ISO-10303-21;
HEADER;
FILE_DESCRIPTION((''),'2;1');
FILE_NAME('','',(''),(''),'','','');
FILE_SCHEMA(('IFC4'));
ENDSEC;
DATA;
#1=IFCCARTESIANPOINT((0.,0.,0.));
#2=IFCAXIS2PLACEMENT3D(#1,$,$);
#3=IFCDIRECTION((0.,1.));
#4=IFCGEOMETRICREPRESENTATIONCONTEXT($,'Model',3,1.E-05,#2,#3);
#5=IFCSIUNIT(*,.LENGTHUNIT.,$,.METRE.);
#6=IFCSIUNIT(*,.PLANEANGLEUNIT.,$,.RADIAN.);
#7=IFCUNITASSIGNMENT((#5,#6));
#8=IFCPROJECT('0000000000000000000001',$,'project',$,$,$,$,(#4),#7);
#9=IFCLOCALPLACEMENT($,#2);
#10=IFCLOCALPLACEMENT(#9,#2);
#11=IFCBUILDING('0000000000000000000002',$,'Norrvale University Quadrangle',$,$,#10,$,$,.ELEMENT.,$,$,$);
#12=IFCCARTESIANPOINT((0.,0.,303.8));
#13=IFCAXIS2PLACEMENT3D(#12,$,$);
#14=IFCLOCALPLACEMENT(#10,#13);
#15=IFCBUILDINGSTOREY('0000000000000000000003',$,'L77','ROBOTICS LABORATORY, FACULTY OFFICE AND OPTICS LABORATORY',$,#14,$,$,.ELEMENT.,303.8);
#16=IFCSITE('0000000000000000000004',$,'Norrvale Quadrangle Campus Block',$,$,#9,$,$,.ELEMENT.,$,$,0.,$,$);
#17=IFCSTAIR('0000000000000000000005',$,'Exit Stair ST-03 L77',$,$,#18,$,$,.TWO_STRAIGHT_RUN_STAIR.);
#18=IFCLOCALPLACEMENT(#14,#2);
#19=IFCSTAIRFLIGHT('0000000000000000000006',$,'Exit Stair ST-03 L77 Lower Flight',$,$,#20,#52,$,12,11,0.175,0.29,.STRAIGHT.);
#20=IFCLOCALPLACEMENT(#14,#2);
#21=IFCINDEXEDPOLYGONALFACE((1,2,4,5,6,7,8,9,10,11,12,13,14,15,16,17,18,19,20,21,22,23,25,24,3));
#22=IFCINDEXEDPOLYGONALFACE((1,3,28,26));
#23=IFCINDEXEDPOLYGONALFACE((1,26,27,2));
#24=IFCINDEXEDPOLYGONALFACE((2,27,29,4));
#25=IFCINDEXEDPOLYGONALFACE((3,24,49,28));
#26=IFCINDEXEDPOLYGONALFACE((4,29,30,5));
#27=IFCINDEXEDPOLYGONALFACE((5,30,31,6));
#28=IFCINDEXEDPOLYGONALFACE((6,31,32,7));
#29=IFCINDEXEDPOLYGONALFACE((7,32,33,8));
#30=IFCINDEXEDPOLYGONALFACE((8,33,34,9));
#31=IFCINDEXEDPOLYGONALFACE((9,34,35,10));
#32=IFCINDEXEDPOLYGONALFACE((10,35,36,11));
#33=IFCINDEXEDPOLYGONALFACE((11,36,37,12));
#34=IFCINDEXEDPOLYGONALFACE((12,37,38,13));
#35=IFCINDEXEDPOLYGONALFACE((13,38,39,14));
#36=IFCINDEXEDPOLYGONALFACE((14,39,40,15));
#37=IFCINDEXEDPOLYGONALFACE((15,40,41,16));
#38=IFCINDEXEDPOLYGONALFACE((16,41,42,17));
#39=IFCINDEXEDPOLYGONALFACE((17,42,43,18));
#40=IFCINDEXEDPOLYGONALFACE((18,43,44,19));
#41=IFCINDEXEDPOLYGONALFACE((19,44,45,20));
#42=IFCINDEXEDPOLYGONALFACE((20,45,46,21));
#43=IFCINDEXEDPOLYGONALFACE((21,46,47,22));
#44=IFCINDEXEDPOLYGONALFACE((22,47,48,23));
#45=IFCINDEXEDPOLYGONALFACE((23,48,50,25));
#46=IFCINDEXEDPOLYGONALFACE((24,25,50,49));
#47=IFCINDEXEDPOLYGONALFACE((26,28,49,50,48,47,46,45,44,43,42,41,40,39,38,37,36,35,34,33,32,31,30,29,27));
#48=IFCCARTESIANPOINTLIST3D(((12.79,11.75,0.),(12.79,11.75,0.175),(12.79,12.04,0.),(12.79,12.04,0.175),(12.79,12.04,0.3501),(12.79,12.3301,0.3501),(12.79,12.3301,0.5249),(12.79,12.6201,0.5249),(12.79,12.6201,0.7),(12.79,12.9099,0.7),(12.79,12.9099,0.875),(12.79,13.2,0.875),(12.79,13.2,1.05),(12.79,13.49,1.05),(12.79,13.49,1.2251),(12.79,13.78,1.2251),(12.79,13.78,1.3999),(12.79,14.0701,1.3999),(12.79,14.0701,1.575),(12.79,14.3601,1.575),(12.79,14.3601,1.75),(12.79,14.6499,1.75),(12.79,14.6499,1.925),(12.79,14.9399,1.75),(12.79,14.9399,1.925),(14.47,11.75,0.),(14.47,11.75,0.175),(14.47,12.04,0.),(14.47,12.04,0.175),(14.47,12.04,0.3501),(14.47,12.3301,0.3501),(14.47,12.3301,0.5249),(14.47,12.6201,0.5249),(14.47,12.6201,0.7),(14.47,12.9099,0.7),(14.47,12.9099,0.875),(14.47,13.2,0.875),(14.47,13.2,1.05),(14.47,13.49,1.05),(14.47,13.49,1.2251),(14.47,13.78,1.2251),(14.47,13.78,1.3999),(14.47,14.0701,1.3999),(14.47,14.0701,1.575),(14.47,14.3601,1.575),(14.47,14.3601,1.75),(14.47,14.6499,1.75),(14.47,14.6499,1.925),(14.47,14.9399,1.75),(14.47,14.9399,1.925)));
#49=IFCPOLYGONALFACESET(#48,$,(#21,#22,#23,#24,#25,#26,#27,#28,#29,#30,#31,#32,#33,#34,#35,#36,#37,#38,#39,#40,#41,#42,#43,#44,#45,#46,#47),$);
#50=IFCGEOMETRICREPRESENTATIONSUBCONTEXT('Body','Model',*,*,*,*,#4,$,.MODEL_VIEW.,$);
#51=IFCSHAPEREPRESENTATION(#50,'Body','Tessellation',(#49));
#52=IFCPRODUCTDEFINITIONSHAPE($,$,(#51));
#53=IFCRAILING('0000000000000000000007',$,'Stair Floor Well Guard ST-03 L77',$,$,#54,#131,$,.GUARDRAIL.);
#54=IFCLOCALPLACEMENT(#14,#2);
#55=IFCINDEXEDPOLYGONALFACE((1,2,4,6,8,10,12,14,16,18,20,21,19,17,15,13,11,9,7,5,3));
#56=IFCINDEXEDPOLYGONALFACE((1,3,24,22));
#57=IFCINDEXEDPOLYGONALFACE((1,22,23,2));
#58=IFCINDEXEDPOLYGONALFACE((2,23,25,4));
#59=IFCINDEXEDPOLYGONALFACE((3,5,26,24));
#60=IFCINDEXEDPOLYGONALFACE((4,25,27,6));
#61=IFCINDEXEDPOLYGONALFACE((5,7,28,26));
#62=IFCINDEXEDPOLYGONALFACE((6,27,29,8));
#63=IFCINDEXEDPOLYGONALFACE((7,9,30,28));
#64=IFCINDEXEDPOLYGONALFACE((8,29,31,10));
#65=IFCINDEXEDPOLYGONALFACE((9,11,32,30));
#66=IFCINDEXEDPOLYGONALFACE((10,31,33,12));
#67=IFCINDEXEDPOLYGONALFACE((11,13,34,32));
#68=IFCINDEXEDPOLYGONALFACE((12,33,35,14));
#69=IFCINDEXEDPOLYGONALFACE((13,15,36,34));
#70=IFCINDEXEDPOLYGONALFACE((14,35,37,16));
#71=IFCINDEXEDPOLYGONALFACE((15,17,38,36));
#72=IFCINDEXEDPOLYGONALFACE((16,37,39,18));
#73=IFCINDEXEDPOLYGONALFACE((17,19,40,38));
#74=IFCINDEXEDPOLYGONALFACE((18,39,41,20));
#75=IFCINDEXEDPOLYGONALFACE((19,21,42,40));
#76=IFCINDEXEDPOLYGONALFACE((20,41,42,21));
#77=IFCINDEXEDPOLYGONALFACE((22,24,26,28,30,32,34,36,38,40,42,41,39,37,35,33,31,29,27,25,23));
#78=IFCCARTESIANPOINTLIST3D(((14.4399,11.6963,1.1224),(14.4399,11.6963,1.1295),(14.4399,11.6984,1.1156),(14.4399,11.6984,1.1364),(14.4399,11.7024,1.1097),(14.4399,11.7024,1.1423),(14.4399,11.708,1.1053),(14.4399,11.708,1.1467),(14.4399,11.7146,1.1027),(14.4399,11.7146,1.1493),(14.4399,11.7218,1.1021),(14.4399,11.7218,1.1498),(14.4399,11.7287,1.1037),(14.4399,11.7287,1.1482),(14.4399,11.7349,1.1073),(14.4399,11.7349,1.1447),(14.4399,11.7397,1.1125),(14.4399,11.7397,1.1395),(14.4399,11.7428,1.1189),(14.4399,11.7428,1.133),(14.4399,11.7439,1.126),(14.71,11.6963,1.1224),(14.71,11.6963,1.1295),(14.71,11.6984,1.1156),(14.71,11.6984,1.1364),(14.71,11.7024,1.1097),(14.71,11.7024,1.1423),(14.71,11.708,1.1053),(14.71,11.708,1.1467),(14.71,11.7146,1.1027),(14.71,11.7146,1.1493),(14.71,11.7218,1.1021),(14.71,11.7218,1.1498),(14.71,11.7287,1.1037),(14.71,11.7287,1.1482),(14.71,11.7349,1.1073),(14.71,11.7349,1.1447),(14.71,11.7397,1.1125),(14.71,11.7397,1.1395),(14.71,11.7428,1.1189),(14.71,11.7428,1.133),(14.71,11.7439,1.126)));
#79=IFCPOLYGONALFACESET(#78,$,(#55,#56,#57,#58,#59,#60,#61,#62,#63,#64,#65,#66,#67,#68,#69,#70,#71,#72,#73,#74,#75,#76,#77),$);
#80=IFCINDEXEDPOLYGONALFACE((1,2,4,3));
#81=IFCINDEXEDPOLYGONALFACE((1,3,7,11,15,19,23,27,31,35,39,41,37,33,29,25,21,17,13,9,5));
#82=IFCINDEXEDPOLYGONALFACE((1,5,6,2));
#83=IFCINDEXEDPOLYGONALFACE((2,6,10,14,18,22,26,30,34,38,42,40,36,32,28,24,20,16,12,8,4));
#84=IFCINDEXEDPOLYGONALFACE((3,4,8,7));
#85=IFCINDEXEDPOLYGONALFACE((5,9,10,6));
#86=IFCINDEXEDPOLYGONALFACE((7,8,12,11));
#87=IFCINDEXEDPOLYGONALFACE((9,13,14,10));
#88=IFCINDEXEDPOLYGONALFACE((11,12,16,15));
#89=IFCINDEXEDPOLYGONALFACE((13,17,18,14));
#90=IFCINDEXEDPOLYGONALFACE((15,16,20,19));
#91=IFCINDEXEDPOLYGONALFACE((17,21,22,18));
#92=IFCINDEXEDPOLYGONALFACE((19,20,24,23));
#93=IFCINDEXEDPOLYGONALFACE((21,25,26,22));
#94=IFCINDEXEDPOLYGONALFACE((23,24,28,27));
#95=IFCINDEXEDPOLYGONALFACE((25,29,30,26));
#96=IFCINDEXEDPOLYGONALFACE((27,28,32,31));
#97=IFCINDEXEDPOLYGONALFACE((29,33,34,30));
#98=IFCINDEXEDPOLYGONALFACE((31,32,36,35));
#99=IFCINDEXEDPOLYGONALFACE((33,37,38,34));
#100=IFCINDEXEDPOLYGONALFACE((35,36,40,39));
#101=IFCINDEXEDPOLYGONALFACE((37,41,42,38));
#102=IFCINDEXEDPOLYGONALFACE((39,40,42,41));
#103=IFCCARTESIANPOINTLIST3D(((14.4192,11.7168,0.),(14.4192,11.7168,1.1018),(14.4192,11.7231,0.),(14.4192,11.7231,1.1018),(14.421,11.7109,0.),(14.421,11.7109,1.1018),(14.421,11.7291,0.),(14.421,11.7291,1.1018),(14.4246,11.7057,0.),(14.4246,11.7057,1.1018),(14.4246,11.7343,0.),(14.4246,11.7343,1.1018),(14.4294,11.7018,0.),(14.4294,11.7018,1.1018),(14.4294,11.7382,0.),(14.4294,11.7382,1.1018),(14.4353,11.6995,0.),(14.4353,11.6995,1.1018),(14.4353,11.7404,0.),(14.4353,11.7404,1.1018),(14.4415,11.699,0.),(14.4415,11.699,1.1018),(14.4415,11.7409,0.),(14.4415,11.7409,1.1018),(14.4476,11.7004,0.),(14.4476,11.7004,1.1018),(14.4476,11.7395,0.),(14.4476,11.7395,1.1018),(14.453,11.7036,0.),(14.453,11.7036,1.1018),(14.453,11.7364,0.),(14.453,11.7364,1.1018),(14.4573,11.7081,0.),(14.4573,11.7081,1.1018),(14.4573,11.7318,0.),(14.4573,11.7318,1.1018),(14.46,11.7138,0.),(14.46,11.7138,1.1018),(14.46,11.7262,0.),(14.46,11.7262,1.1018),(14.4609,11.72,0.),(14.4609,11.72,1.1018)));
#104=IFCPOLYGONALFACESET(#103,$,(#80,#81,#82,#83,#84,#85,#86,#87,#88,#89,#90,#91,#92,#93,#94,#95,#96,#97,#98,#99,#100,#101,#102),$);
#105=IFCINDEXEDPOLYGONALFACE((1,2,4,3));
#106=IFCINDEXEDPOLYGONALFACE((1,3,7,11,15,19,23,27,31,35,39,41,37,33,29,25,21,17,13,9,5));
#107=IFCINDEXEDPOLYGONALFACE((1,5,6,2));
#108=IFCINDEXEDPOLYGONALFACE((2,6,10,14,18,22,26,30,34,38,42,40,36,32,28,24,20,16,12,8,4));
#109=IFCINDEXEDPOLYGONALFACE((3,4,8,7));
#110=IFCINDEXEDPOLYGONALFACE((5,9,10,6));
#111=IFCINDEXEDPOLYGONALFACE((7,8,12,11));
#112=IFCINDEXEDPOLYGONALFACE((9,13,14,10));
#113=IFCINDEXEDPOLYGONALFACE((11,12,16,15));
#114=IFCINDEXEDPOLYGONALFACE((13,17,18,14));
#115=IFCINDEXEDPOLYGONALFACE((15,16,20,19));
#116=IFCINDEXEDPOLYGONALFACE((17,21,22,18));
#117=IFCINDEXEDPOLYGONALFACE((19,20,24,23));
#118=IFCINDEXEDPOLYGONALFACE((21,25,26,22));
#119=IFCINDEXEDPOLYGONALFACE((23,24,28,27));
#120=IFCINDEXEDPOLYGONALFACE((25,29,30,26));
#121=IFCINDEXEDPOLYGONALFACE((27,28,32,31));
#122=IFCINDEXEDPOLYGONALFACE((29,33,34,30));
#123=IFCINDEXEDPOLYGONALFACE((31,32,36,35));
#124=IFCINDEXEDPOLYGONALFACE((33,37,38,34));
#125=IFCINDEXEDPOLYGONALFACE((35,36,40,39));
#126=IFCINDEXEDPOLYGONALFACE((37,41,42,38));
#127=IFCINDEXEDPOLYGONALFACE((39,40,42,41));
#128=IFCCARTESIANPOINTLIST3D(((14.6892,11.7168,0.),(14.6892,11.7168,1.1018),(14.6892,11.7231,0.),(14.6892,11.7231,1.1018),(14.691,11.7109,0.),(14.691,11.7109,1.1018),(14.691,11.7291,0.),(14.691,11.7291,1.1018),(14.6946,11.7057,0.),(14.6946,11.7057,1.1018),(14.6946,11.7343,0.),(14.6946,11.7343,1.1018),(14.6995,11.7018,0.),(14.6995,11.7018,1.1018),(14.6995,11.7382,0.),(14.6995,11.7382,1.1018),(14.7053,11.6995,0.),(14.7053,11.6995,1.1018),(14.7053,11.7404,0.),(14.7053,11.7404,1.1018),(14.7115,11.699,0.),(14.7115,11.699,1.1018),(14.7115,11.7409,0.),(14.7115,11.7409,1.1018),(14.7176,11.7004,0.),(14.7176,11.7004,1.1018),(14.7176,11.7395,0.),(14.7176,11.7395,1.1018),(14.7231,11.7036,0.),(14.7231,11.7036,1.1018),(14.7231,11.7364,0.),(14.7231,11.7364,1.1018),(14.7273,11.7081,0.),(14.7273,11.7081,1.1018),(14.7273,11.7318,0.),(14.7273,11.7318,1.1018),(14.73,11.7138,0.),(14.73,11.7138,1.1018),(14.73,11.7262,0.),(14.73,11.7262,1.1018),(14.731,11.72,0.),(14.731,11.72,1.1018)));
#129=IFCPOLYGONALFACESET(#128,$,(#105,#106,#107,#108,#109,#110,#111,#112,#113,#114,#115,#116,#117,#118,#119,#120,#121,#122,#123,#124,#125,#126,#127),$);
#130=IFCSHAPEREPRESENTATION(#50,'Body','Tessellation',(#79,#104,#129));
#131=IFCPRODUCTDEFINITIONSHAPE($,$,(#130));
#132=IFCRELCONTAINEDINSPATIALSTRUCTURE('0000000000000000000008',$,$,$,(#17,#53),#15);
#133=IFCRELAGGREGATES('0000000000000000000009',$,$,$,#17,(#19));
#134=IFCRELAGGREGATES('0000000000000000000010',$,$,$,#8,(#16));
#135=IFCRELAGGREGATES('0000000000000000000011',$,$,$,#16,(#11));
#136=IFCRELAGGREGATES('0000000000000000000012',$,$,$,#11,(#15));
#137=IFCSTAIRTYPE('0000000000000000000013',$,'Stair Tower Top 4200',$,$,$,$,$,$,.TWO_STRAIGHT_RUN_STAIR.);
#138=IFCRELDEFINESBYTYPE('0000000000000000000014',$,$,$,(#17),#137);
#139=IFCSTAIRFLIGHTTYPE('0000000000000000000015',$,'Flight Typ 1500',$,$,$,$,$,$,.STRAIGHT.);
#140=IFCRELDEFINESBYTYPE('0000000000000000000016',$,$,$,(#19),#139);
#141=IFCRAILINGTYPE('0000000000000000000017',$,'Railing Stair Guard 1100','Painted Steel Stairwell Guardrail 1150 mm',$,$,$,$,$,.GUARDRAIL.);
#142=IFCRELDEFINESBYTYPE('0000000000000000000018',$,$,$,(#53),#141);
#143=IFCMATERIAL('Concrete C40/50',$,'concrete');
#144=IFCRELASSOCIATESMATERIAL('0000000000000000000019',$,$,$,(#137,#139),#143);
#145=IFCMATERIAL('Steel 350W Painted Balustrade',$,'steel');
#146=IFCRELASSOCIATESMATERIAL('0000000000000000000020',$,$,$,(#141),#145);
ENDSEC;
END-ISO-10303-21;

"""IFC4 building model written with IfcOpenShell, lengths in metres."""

from ifc_helpers import new_model, si_unit, direction, frame, origin, origin_2d, place, context, subcontext, project, spatial, polyline, circle, outline, extrude, material, type_object, element, aggregate, save


model = new_model("IFC4")

# Units and contexts
model_context = context("Model", 3, precision=1e-05, world=origin(), true_north=direction((0.0, 1.0)))
body_context = subcontext(model_context, "Body", "Model", "MODEL_VIEW")
ifc_project = project(units=[si_unit("LENGTHUNIT", "METRE"), si_unit("PLANEANGLEUNIT", "RADIAN")], contexts=[model_context])

# Site, building, storey
site_placement = place(None, origin())
site = spatial("IfcSite", under=ifc_project, at=site_placement, Name="Norrvale Quadrangle Campus Block", CompositionType="ELEMENT", RefElevation=0.0)
building_placement = place(site_placement, origin())
building = spatial("IfcBuilding", under=site, at=building_placement, Name="Norrvale University Quadrangle", CompositionType="ELEMENT")
storey_placement = place(building_placement, frame((0.0, 0.0, 303.8)))
storey = spatial("IfcBuildingStorey", under=building, at=storey_placement, Name="L77", Description="ROBOTICS LABORATORY, FACULTY OFFICE AND OPTICS LABORATORY", CompositionType="ELEMENT", Elevation=303.8)

# Stair, stair flight
ifc_material_1 = material(Name="Concrete C40/50", Category="concrete")
stair_type = type_object("IfcStairType", Name="Stair Tower Top 4200", PredefinedType="TWO_STRAIGHT_RUN_STAIR", material=ifc_material_1)
stair_placement = place(storey_placement, origin())
stair = element("IfcStair", 1, at=stair_placement, inside=storey, type_object=stair_type, Name="Exit Stair ST-03 L77", PredefinedType="TWO_STRAIGHT_RUN_STAIR")
stair_flight_type = type_object("IfcStairFlightType", Name="Flight Typ 1500", PredefinedType="STRAIGHT", material=ifc_material_1)
stair_flight_placement = place(storey_placement, frame((13.6299, 11.75, 0.0), z_axis=(0.0, 0.0, 1.0), x_axis=(0.0, 1.0, 0.0)))
stair_flight = element("IfcStairFlight", 2, at=stair_flight_placement, type_object=stair_flight_type, Name="Exit Stair ST-03 L77 Lower Flight", NumberOfRisers=12, NumberOfTreads=11, PredefinedType="STRAIGHT", RiserHeight=0.175, TreadLength=0.29, context=body_context, shape_type="SweptSolid", body=[
    extrude(outline(polyline([(0.0, 0.0), (0.0, 0.175), (0.29, 0.175), (0.29, 0.3501), (0.5801, 0.3501), (0.5801, 0.5249), (0.8701, 0.5249), (0.8701, 0.7), (1.1599, 0.7), (1.1599, 0.875), (1.45, 0.875), (1.45, 1.05), (1.74, 1.05), (1.74, 1.2251), (2.03, 1.2251), (2.03, 1.3999), (2.3201, 1.3999), (2.3201, 1.575), (2.6101, 1.575), (2.6101, 1.75), (2.8999, 1.75), (2.8999, 1.925), (3.1899, 1.925), (3.1899, 2.1001), (3.1899, 1.75), (0.29, 0.0), (0.0, 0.0)])), frame((0.0, 0.8398, 0.0), z_axis=(0.0, -1.0, 0.0), x_axis=(1.0, 0.0, 0.0)), (0.0, 0.0, 1.0), 1.6799),
])
aggregate(stair, [stair_flight])

# Railing
ifc_material_2 = material(Name="Steel 350W Painted Balustrade", Category="steel")
railing_type_1 = type_object("IfcRailingType", Name="Railing Stair Guard 1100", Description="Painted Steel Stairwell Guardrail 1150 mm", PredefinedType="GUARDRAIL", material=ifc_material_2)
railing_1_placement = place(storey_placement, frame((14.4399, 11.72, 0.0)))
element("IfcRailing", 3, at=railing_1_placement, inside=storey, type_object=railing_type_1, Name="Stair Floor Well Guard ST-03 L77", PredefinedType="GUARDRAIL", context=body_context, shape_type="SweptSolid", body=[
    extrude(circle(Radius=0.0239, at=origin_2d()), frame((0.0, 0.0, 1.126), z_axis=(1.0, 0.0, 0.0), x_axis=(0.0, 1.0, 0.0)), (0.0, 0.0, 1.0), 0.27),
    extrude(circle(Radius=0.021, at=origin_2d()), origin(), (0.0, 0.0, 1.0), 1.1018),
    extrude(circle(Radius=0.021, at=origin_2d()), frame((0.27, 0.0, 0.0)), (0.0, 0.0, 1.0), 1.1018),
])

save(model, "model.ifc")
